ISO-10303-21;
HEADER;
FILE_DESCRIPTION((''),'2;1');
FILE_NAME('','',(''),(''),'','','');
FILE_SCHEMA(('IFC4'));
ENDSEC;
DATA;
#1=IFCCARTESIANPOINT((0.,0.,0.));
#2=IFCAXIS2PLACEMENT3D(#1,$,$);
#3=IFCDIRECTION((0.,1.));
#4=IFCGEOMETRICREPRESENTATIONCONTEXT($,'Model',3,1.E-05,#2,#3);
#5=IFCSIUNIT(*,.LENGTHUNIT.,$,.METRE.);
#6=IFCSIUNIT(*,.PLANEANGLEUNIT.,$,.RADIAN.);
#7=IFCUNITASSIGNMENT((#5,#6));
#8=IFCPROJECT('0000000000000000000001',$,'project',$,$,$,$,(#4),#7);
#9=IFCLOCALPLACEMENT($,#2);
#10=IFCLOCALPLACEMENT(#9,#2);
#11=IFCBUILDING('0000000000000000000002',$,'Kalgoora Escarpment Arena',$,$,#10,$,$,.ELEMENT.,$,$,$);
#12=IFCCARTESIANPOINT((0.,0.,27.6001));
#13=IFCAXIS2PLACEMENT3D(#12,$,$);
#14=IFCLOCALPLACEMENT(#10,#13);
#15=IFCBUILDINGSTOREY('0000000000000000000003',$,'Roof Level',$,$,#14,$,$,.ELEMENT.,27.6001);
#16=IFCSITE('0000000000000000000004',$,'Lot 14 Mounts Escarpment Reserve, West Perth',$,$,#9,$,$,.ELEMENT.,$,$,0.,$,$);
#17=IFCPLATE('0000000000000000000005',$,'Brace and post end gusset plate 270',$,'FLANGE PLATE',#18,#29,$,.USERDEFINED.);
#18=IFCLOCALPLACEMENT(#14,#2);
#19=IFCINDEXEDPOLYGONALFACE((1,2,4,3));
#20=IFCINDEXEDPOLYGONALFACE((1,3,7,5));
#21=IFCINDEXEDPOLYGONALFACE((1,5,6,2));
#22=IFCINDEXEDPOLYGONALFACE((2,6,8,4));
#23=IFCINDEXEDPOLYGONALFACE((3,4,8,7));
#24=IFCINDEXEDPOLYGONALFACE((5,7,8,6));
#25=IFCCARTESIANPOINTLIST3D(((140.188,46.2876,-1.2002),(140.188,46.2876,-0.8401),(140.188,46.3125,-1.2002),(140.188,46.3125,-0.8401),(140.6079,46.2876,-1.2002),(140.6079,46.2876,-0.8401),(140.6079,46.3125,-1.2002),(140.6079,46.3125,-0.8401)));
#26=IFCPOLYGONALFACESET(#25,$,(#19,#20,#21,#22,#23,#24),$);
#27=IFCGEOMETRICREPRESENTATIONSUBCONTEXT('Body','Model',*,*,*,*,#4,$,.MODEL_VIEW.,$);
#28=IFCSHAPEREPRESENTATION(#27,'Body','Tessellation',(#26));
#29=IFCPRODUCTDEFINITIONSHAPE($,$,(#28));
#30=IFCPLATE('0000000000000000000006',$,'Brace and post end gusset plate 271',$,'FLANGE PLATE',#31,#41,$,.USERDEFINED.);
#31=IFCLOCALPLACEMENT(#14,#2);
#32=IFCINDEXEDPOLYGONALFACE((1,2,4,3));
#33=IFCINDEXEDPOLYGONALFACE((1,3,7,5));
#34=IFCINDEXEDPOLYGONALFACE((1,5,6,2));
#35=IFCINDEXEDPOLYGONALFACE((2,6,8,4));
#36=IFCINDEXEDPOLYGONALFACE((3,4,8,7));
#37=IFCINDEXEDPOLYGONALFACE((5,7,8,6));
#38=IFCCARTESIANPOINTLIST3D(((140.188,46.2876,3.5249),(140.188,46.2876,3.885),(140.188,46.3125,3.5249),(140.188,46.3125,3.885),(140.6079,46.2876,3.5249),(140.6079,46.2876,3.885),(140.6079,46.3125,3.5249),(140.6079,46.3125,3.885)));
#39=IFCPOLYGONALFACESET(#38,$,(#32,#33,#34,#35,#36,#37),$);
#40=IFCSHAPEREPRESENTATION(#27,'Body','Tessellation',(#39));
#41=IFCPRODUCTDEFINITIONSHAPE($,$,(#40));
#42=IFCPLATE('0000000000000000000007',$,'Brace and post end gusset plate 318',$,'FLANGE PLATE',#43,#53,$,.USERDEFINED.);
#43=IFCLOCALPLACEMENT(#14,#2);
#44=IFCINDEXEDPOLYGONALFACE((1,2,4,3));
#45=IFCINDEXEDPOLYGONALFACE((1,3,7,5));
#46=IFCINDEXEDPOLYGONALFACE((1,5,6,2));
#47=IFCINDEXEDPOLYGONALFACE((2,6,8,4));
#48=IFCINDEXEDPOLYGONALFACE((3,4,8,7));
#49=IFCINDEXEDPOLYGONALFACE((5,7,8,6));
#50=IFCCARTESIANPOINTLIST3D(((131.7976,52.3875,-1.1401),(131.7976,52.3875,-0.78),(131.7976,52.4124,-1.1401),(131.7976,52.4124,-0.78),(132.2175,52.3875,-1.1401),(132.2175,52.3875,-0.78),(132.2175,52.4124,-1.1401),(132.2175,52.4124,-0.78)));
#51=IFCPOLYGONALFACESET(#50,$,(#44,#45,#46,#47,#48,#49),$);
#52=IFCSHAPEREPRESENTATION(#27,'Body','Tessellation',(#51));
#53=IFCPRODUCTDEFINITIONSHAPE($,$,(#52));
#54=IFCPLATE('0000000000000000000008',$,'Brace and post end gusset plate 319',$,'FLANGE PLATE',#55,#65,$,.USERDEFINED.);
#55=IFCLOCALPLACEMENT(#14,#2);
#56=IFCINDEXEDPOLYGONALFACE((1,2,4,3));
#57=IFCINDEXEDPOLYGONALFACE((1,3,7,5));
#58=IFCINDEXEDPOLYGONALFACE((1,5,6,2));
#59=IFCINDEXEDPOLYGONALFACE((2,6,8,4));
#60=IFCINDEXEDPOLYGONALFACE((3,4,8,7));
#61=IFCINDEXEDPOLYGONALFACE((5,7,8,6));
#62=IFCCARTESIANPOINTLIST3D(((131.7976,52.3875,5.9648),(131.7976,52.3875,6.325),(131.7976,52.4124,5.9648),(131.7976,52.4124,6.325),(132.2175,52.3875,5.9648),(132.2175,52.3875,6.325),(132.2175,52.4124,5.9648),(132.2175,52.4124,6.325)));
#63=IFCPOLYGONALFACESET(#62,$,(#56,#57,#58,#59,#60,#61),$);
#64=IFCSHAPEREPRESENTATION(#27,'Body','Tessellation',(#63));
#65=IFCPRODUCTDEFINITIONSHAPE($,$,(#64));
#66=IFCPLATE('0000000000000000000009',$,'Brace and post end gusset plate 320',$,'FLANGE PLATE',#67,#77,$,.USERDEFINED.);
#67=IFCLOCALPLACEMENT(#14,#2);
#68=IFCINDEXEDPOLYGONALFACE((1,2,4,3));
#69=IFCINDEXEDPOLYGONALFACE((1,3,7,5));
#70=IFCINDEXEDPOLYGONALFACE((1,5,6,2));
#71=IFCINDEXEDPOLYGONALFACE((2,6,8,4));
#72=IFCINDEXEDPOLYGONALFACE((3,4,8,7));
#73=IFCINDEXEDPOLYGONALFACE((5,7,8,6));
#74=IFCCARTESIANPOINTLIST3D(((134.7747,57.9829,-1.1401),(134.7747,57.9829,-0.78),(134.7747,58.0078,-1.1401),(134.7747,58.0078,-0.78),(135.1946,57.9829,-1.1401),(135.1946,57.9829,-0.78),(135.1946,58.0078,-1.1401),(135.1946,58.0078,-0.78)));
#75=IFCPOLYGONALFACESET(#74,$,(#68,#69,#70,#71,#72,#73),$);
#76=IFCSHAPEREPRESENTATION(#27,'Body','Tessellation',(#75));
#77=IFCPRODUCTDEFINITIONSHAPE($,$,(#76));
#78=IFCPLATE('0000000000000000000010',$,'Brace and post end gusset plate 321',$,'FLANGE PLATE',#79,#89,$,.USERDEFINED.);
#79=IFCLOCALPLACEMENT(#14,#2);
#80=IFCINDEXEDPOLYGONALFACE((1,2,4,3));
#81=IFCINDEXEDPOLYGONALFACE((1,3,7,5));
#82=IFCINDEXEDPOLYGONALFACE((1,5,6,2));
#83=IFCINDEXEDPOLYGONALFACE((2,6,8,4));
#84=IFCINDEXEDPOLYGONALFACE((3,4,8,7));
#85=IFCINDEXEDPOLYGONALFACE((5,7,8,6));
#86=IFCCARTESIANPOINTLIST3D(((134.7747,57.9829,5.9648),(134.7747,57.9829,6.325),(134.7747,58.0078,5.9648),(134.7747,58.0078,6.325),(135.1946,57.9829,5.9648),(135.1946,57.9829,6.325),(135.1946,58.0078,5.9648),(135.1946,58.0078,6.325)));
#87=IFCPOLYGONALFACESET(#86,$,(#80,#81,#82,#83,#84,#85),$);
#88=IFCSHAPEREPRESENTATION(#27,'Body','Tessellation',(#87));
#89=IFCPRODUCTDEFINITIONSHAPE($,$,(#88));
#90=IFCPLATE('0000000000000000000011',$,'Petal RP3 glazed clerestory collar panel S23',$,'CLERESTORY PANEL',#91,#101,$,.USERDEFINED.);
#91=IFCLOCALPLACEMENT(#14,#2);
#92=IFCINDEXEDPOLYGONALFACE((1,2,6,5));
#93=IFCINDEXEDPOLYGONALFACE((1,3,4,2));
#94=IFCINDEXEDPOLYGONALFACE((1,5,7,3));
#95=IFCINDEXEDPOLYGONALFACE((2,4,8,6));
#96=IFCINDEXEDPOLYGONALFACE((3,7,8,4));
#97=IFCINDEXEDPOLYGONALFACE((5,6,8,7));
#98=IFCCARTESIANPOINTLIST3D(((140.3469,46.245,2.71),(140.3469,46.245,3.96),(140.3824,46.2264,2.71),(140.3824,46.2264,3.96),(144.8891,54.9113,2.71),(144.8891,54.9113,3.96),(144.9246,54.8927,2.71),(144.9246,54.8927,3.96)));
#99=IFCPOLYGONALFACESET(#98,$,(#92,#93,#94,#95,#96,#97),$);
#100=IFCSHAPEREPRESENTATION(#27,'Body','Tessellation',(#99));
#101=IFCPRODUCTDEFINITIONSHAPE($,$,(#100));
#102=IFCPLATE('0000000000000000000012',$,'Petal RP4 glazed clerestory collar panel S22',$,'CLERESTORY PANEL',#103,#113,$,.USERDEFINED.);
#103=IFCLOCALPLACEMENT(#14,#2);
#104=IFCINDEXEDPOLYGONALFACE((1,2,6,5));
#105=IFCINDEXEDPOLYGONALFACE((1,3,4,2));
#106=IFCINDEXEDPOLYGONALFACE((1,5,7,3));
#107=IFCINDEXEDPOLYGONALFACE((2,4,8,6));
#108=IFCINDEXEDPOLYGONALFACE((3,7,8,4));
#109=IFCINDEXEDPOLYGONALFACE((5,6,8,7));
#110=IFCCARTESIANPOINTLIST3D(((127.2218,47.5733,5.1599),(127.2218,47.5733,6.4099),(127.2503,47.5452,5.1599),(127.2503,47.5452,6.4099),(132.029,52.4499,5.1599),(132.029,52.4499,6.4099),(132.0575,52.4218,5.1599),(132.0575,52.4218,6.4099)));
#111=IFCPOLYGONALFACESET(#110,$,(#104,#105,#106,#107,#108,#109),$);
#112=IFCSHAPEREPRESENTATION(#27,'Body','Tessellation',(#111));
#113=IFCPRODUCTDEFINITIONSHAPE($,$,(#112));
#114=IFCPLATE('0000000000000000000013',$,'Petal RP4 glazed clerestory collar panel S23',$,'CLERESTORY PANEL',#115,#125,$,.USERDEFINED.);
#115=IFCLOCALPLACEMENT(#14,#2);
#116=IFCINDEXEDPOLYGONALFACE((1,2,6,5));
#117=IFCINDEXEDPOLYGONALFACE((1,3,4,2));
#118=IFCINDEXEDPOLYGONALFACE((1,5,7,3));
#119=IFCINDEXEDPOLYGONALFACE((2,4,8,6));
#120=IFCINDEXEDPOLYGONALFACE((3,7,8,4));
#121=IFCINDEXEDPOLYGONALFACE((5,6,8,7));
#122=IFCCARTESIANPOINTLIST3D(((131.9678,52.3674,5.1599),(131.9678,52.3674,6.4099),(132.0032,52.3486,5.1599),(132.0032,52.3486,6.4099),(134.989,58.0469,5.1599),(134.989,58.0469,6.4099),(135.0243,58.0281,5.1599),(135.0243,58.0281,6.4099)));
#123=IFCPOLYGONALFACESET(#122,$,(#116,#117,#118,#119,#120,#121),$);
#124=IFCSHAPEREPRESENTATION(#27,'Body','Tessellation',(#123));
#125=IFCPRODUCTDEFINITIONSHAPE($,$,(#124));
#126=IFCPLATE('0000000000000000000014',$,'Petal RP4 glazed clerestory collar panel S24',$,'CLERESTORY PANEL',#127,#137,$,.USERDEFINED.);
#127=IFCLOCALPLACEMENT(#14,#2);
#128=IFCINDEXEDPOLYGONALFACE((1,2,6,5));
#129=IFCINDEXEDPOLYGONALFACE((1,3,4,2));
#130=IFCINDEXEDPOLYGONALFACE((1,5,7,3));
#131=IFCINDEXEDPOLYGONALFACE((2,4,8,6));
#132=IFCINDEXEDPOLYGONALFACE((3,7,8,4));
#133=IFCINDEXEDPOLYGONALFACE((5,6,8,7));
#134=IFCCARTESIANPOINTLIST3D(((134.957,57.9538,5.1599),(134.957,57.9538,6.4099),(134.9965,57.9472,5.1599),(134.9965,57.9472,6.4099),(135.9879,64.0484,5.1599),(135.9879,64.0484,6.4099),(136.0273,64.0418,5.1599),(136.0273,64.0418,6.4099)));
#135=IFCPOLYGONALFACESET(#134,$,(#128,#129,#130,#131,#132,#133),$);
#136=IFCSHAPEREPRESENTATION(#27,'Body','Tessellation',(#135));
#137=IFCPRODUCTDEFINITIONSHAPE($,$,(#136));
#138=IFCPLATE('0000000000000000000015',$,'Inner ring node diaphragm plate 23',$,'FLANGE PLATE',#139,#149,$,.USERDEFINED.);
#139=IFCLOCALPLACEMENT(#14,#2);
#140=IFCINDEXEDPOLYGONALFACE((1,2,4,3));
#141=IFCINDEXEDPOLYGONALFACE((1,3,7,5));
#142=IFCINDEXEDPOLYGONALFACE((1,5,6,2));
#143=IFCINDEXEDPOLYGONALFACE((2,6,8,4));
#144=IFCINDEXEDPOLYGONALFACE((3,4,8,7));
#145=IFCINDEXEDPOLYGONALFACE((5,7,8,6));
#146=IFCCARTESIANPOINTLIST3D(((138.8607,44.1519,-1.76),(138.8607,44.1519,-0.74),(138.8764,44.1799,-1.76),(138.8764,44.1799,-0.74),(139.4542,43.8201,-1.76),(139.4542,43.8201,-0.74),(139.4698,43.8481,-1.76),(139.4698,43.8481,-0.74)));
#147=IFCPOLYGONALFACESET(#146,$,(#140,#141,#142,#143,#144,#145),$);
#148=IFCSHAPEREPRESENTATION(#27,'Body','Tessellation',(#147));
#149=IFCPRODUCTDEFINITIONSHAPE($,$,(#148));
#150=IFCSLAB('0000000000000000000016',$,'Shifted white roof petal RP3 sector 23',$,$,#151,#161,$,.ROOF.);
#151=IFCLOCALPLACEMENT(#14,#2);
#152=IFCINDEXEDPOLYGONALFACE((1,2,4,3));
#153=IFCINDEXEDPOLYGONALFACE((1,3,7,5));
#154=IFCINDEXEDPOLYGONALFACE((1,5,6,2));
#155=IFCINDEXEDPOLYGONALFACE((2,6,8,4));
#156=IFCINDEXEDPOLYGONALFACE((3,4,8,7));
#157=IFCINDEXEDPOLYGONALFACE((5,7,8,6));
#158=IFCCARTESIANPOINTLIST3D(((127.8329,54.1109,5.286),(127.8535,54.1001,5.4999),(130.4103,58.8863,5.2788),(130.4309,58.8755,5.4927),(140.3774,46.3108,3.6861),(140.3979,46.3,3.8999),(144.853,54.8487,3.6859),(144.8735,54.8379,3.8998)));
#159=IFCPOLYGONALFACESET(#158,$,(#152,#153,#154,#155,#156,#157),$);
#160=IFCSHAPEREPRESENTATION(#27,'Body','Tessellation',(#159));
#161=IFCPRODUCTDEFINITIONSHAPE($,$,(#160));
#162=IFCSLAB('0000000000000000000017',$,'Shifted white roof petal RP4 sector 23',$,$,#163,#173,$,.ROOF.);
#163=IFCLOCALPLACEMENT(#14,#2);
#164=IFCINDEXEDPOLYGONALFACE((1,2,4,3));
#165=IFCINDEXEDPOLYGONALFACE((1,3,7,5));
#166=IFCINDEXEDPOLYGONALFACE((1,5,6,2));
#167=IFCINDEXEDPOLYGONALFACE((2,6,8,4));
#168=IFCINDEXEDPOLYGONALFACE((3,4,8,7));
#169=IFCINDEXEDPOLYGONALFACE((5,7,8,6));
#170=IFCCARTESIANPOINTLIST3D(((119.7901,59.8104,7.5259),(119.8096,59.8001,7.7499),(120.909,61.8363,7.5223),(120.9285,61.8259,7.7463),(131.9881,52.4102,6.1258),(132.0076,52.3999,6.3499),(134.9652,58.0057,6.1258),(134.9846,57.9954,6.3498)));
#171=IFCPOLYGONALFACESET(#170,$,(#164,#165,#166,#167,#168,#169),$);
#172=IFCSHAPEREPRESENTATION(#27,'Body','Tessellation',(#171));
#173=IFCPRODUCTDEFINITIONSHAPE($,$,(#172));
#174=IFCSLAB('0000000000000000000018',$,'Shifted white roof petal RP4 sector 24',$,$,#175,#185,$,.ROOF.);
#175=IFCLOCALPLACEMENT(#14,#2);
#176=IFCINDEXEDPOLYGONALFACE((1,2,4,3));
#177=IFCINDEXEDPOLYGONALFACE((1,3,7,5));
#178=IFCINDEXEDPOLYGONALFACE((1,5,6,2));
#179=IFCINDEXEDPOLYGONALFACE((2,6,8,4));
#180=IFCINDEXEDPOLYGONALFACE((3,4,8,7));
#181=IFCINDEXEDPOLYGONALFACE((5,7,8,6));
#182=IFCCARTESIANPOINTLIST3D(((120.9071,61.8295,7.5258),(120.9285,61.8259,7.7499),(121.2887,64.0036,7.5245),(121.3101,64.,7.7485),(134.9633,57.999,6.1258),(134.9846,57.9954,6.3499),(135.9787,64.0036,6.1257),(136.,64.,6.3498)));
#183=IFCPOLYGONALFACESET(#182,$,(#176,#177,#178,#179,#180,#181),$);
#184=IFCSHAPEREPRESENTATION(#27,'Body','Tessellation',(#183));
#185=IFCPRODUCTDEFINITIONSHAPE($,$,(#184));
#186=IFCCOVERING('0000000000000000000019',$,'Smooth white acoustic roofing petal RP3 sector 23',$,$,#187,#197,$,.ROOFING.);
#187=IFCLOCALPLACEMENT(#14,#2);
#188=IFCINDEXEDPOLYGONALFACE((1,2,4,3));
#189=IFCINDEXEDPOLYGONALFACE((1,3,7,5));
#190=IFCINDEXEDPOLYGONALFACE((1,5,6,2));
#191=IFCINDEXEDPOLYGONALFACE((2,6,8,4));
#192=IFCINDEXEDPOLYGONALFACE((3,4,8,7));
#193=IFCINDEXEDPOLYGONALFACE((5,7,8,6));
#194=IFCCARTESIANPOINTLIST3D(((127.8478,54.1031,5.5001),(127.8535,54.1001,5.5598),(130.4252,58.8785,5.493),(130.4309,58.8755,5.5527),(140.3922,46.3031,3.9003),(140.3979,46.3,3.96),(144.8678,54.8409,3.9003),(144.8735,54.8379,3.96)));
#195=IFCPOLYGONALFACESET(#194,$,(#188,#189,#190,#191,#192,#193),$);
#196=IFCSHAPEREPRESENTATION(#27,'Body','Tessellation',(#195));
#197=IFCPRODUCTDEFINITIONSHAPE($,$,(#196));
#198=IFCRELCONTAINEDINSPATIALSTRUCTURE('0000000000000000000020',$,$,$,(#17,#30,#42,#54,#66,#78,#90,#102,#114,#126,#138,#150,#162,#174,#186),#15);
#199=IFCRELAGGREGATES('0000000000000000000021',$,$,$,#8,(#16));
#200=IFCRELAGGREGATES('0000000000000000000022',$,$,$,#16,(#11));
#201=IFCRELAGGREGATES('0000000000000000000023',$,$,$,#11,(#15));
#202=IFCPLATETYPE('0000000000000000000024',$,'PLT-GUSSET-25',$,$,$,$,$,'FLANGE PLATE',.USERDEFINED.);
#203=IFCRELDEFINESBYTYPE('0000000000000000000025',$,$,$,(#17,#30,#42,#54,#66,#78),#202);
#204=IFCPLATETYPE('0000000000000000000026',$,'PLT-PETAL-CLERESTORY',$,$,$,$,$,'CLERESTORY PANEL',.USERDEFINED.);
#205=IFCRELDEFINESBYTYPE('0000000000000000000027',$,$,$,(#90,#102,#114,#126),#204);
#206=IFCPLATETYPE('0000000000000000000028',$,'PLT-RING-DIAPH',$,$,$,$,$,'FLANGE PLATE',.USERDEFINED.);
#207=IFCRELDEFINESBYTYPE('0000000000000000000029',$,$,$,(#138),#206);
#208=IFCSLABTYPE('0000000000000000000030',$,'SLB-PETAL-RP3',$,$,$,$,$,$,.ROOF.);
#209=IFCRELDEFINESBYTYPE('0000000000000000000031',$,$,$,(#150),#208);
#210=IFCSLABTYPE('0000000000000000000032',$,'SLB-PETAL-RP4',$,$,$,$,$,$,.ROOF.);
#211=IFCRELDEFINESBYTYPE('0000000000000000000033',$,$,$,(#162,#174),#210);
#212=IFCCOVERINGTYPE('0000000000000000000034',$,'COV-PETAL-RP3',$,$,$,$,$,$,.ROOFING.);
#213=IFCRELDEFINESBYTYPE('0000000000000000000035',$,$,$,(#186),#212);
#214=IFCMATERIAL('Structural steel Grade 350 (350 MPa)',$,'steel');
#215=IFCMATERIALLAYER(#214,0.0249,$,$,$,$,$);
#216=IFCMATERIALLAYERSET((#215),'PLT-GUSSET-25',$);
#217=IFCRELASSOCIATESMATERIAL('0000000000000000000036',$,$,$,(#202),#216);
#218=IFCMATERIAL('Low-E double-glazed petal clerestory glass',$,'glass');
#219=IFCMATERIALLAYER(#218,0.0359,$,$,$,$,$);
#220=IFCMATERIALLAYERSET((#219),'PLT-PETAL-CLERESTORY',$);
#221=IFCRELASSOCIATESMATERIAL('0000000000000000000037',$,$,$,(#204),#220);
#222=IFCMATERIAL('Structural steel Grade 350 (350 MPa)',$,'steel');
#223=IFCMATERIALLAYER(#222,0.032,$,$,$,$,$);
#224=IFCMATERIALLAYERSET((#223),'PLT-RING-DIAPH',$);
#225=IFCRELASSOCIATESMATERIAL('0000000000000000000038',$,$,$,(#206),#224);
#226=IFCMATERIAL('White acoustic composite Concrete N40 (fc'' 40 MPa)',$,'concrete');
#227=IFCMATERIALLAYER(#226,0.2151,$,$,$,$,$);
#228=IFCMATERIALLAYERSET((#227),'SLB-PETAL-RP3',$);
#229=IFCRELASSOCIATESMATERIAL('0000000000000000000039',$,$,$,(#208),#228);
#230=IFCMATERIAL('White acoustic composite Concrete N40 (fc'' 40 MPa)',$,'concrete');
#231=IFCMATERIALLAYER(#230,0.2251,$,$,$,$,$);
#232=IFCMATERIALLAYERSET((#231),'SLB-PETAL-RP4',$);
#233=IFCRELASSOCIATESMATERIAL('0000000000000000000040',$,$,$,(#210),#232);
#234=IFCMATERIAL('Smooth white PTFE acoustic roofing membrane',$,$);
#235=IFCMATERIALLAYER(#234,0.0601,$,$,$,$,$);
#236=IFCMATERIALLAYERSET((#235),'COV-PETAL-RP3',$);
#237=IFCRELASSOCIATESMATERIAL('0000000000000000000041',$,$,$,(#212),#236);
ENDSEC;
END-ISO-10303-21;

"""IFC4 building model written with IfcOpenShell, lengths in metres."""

from ifc_helpers import new_model, si_unit, direction, frame, origin, origin_2d, place, context, subcontext, project, spatial, polyline, rectangle, outline, extrude, material, layer, layer_set, type_object, element, save


model = new_model("IFC4")

# Units and contexts
model_context = context("Model", 3, precision=1e-05, world=origin(), true_north=direction((0.0, 1.0)))
body_context = subcontext(model_context, "Body", "Model", "MODEL_VIEW")
ifc_project = project(units=[si_unit("LENGTHUNIT", "METRE"), si_unit("PLANEANGLEUNIT", "RADIAN")], contexts=[model_context])

# Site, building, storey
site_placement = place(None, origin())
site = spatial("IfcSite", under=ifc_project, at=site_placement, Name="Lot 14 Mounts Escarpment Reserve, West Perth", CompositionType="ELEMENT", RefElevation=0.0)
building_placement = place(site_placement, origin())
building = spatial("IfcBuilding", under=site, at=building_placement, Name="Kalgoora Escarpment Arena", CompositionType="ELEMENT")
storey_placement = place(building_placement, frame((0.0, 0.0, 27.6001)))
storey = spatial("IfcBuildingStorey", under=building, at=storey_placement, Name="Roof Level", CompositionType="ELEMENT", Elevation=27.6001)

# Plates
ifc_material_1 = material(Name="Structural steel Grade 350 (350 MPa)", Category="steel")
ifc_layer_1 = layer(ifc_material_1, 0.0249)
ifc_layer_set_1 = layer_set([ifc_layer_1], Name="PLT-GUSSET-25")
plate_type_1 = type_object("IfcPlateType", Name="PLT-GUSSET-25", ElementType="FLANGE PLATE", PredefinedType="USERDEFINED", material=ifc_layer_set_1)
for number, where, z_axis, x_axis, name in (
    (1, (140.3979, 46.3, -1.2002), (0.0, 0.0, 1.0), (1.0, 0.0, 0.0), "Brace and post end gusset plate 270"),
    (2, (140.3979, 46.3, 3.5249), (0.0, 0.0, 1.0), (1.0, 0.0, 0.0), "Brace and post end gusset plate 271"),
    (3, (132.0076, 52.3999, -1.1401), (0.0, 0.0, 1.0), (1.0, 0.0, 0.0), "Brace and post end gusset plate 318"),
    (4, (132.0076, 52.3999, 5.9648), (0.0, 0.0, 1.0), (1.0, 0.0, 0.0), "Brace and post end gusset plate 319"),
    (5, (134.9846, 57.9954, -1.1401), (0.0, 0.0, 1.0), (1.0, 0.0, 0.0), "Brace and post end gusset plate 320"),
    (6, (134.9846, 57.9954, 5.9648), (0.0, 0.0, 1.0), (1.0, 0.0, 0.0), "Brace and post end gusset plate 321"),
):
    element("IfcPlate", number, at=place(storey_placement, frame(where, z_axis=z_axis, x_axis=x_axis)), inside=storey, type_object=plate_type_1, Name=name, ObjectType="FLANGE PLATE", PredefinedType="USERDEFINED", context=body_context, shape_type="SweptSolid", body=[
        extrude(rectangle(XDim=0.4199, YDim=0.0249, at=origin_2d()), origin(), (0.0, 0.0, 1.0), 0.3601),
    ])
ifc_material_2 = material(Name="Low-E double-glazed petal clerestory glass", Category="glass")
ifc_layer_2 = layer(ifc_material_2, 0.0359)
ifc_layer_set_2 = layer_set([ifc_layer_2], Name="PLT-PETAL-CLERESTORY")
plate_type_2 = type_object("IfcPlateType", Name="PLT-PETAL-CLERESTORY", ElementType="CLERESTORY PANEL", PredefinedType="USERDEFINED", material=ifc_layer_set_2)
plate_1_placement = place(storey_placement, frame((142.6357, 50.5688, 2.71), z_axis=(0.0, 0.0, 1.0), x_axis=(0.464224, 0.885718, 0.0)))
element("IfcPlate", 7, at=plate_1_placement, inside=storey, type_object=plate_type_2, Name="Petal RP3 glazed clerestory collar panel S23", ObjectType="CLERESTORY PANEL", PredefinedType="USERDEFINED", context=body_context, shape_type="SweptSolid", body=[
    extrude(rectangle(XDim=9.7844, YDim=0.04, at=origin_2d()), origin(), (0.0, 0.0, 1.0), 1.25),
])
plate_2_placement = place(storey_placement, frame((129.6396, 49.9976, 5.1599), z_axis=(0.0, 0.0, 1.0), x_axis=(0.702029, 0.712149, 0.0)))
element("IfcPlate", 8, at=plate_2_placement, inside=storey, type_object=plate_type_2, Name="Petal RP4 glazed clerestory collar panel S22", ObjectType="CLERESTORY PANEL", PredefinedType="USERDEFINED", context=body_context, shape_type="SweptSolid", body=[
    extrude(rectangle(XDim=6.8477, YDim=0.04, at=origin_2d()), origin(), (0.0, 0.0, 1.0), 1.25),
])
plate_3_placement = place(storey_placement, frame((133.4961, 55.1978, 5.1599), z_axis=(0.0, 0.0, 1.0), x_axis=(0.469626, 0.882866, 0.0)))
element("IfcPlate", 9, at=plate_3_placement, inside=storey, type_object=plate_type_2, Name="Petal RP4 glazed clerestory collar panel S23", ObjectType="CLERESTORY PANEL", PredefinedType="USERDEFINED", context=body_context, shape_type="SweptSolid", body=[
    extrude(rectangle(XDim=6.4331, YDim=0.04, at=origin_2d()), origin(), (0.0, 0.0, 1.0), 1.25),
])
plate_4_placement = place(storey_placement, frame((135.4922, 60.9978, 5.1599), z_axis=(0.0, 0.0, 1.0), x_axis=(0.166769, 0.985996, 0.0)))
element("IfcPlate", 10, at=plate_4_placement, inside=storey, type_object=plate_type_2, Name="Petal RP4 glazed clerestory collar panel S24", ObjectType="CLERESTORY PANEL", PredefinedType="USERDEFINED", context=body_context, shape_type="SweptSolid", body=[
    extrude(rectangle(XDim=6.1812, YDim=0.04, at=origin_2d()), origin(), (0.0, 0.0, 1.0), 1.25),
])
ifc_material_3 = material(Name="Structural steel Grade 350 (350 MPa)", Category="steel")
ifc_layer_3 = layer(ifc_material_3, 0.032)
ifc_layer_set_3 = layer_set([ifc_layer_3], Name="PLT-RING-DIAPH")
plate_type_3 = type_object("IfcPlateType", Name="PLT-RING-DIAPH", ElementType="FLANGE PLATE", PredefinedType="USERDEFINED", material=ifc_layer_set_3)
plate_5_placement = place(storey_placement, frame((139.1653, 44.0, -1.76), z_axis=(0.0, 0.0, 1.0), x_axis=(0.488012, 0.872837, 0.0)))
element("IfcPlate", 11, at=plate_5_placement, inside=storey, type_object=plate_type_3, Name="Inner ring node diaphragm plate 23", ObjectType="FLANGE PLATE", PredefinedType="USERDEFINED", context=body_context, shape_type="SweptSolid", body=[
    extrude(rectangle(XDim=0.032, YDim=0.6799, at=origin_2d()), origin(), (0.0, 0.0, 1.0), 1.02),
])

# Slabs
ifc_material_4 = material(Name="White acoustic composite Concrete N40 (fc' 40 MPa)", Category="concrete")
ifc_layer_4 = layer(ifc_material_4, 0.2151)
ifc_layer_set_4 = layer_set([ifc_layer_4], Name="SLB-PETAL-RP3")
slab_type_1 = type_object("IfcSlabType", Name="SLB-PETAL-RP3", PredefinedType="ROOF", material=ifc_layer_set_4)
slab_1_placement = place(storey_placement, frame((140.3979, 46.3, 3.8999), z_axis=(0.095636, -0.050118, 0.994154), x_axis=(0.464281, 0.885688, -0.000013)))
element("IfcSlab", 12, at=slab_1_placement, inside=storey, type_object=slab_type_1, Name="Shifted white roof petal RP3 sector 23", PredefinedType="ROOF", context=body_context, shape_type="SweptSolid", body=[
    extrude(outline(polyline([(0.0, 0.0), (9.6398, 0.0), (6.5104, 14.7525), (1.0842, 14.8185), (0.0, 0.0)])), origin(), (0.0, 0.0, -1.0), 0.2151),
])
ifc_material_5 = material(Name="White acoustic composite Concrete N40 (fc' 40 MPa)", Category="concrete")
ifc_layer_5 = layer(ifc_material_5, 0.2251)
ifc_layer_set_5 = layer_set([ifc_layer_5], Name="SLB-PETAL-RP4")
slab_type_2 = type_object("IfcSlabType", Name="SLB-PETAL-RP4", PredefinedType="ROOF", material=ifc_layer_set_5)
slab_2_placement = place(storey_placement, frame((132.0076, 52.3999, 6.3499), z_axis=(0.086361, -0.045935, 0.995204), x_axis=(0.469703, 0.882824, -0.000012)))
element("IfcSlab", 13, at=slab_2_placement, inside=storey, type_object=slab_type_2, Name="Shifted white roof petal RP4 sector 23", PredefinedType="ROOF", context=body_context, shape_type="SweptSolid", body=[
    extrude(outline(polyline([(0.0, 0.0), (6.3381, 0.0), (3.1176, 14.2768), (0.8036, 14.3132), (0.0, 0.0)])), origin(), (0.0, 0.0, -1.0), 0.2251),
])
slab_3_placement = place(storey_placement, frame((134.9846, 57.9954, 6.3499), z_axis=(0.094779, -0.016011, 0.99537), x_axis=(0.166731, 0.986002, -0.000016)))
element("IfcSlab", 14, at=slab_3_placement, inside=storey, type_object=slab_type_2, Name="Shifted white roof petal RP4 sector 24", PredefinedType="ROOF", context=body_context, shape_type="SweptSolid", body=[
    extrude(outline(polyline([(0.0, 0.0), (6.0899, 0.0), (3.6406, 14.5517), (1.4333, 14.5655), (0.0, 0.0)])), origin(), (0.0, 0.0, -1.0), 0.2251),
])

# Covering
ifc_material_6 = material(Name="Smooth white PTFE acoustic roofing membrane")
ifc_layer_6 = layer(ifc_material_6, 0.0601)
ifc_layer_set_6 = layer_set([ifc_layer_6], Name="COV-PETAL-RP3")
covering_type_1 = type_object("IfcCoveringType", Name="COV-PETAL-RP3", PredefinedType="ROOFING", material=ifc_layer_set_6)
covering_1_placement = place(storey_placement, frame((140.3979, 46.3, 3.96), z_axis=(0.095622, -0.050129, 0.994155), x_axis=(0.464283, 0.885687, 0.000003)))
element("IfcCovering", 15, at=covering_1_placement, inside=storey, type_object=covering_type_1, Name="Smooth white acoustic roofing petal RP3 sector 23", PredefinedType="ROOFING", context=body_context, shape_type="SweptSolid", body=[
    extrude(outline(polyline([(0.0, 0.0), (9.6398, 0.0), (6.5104, 14.7525), (1.0842, 14.8185), (0.0, 0.0)])), origin(), (0.0, 0.0, -1.0), 0.0601),
])

save(model, "model.ifc")
